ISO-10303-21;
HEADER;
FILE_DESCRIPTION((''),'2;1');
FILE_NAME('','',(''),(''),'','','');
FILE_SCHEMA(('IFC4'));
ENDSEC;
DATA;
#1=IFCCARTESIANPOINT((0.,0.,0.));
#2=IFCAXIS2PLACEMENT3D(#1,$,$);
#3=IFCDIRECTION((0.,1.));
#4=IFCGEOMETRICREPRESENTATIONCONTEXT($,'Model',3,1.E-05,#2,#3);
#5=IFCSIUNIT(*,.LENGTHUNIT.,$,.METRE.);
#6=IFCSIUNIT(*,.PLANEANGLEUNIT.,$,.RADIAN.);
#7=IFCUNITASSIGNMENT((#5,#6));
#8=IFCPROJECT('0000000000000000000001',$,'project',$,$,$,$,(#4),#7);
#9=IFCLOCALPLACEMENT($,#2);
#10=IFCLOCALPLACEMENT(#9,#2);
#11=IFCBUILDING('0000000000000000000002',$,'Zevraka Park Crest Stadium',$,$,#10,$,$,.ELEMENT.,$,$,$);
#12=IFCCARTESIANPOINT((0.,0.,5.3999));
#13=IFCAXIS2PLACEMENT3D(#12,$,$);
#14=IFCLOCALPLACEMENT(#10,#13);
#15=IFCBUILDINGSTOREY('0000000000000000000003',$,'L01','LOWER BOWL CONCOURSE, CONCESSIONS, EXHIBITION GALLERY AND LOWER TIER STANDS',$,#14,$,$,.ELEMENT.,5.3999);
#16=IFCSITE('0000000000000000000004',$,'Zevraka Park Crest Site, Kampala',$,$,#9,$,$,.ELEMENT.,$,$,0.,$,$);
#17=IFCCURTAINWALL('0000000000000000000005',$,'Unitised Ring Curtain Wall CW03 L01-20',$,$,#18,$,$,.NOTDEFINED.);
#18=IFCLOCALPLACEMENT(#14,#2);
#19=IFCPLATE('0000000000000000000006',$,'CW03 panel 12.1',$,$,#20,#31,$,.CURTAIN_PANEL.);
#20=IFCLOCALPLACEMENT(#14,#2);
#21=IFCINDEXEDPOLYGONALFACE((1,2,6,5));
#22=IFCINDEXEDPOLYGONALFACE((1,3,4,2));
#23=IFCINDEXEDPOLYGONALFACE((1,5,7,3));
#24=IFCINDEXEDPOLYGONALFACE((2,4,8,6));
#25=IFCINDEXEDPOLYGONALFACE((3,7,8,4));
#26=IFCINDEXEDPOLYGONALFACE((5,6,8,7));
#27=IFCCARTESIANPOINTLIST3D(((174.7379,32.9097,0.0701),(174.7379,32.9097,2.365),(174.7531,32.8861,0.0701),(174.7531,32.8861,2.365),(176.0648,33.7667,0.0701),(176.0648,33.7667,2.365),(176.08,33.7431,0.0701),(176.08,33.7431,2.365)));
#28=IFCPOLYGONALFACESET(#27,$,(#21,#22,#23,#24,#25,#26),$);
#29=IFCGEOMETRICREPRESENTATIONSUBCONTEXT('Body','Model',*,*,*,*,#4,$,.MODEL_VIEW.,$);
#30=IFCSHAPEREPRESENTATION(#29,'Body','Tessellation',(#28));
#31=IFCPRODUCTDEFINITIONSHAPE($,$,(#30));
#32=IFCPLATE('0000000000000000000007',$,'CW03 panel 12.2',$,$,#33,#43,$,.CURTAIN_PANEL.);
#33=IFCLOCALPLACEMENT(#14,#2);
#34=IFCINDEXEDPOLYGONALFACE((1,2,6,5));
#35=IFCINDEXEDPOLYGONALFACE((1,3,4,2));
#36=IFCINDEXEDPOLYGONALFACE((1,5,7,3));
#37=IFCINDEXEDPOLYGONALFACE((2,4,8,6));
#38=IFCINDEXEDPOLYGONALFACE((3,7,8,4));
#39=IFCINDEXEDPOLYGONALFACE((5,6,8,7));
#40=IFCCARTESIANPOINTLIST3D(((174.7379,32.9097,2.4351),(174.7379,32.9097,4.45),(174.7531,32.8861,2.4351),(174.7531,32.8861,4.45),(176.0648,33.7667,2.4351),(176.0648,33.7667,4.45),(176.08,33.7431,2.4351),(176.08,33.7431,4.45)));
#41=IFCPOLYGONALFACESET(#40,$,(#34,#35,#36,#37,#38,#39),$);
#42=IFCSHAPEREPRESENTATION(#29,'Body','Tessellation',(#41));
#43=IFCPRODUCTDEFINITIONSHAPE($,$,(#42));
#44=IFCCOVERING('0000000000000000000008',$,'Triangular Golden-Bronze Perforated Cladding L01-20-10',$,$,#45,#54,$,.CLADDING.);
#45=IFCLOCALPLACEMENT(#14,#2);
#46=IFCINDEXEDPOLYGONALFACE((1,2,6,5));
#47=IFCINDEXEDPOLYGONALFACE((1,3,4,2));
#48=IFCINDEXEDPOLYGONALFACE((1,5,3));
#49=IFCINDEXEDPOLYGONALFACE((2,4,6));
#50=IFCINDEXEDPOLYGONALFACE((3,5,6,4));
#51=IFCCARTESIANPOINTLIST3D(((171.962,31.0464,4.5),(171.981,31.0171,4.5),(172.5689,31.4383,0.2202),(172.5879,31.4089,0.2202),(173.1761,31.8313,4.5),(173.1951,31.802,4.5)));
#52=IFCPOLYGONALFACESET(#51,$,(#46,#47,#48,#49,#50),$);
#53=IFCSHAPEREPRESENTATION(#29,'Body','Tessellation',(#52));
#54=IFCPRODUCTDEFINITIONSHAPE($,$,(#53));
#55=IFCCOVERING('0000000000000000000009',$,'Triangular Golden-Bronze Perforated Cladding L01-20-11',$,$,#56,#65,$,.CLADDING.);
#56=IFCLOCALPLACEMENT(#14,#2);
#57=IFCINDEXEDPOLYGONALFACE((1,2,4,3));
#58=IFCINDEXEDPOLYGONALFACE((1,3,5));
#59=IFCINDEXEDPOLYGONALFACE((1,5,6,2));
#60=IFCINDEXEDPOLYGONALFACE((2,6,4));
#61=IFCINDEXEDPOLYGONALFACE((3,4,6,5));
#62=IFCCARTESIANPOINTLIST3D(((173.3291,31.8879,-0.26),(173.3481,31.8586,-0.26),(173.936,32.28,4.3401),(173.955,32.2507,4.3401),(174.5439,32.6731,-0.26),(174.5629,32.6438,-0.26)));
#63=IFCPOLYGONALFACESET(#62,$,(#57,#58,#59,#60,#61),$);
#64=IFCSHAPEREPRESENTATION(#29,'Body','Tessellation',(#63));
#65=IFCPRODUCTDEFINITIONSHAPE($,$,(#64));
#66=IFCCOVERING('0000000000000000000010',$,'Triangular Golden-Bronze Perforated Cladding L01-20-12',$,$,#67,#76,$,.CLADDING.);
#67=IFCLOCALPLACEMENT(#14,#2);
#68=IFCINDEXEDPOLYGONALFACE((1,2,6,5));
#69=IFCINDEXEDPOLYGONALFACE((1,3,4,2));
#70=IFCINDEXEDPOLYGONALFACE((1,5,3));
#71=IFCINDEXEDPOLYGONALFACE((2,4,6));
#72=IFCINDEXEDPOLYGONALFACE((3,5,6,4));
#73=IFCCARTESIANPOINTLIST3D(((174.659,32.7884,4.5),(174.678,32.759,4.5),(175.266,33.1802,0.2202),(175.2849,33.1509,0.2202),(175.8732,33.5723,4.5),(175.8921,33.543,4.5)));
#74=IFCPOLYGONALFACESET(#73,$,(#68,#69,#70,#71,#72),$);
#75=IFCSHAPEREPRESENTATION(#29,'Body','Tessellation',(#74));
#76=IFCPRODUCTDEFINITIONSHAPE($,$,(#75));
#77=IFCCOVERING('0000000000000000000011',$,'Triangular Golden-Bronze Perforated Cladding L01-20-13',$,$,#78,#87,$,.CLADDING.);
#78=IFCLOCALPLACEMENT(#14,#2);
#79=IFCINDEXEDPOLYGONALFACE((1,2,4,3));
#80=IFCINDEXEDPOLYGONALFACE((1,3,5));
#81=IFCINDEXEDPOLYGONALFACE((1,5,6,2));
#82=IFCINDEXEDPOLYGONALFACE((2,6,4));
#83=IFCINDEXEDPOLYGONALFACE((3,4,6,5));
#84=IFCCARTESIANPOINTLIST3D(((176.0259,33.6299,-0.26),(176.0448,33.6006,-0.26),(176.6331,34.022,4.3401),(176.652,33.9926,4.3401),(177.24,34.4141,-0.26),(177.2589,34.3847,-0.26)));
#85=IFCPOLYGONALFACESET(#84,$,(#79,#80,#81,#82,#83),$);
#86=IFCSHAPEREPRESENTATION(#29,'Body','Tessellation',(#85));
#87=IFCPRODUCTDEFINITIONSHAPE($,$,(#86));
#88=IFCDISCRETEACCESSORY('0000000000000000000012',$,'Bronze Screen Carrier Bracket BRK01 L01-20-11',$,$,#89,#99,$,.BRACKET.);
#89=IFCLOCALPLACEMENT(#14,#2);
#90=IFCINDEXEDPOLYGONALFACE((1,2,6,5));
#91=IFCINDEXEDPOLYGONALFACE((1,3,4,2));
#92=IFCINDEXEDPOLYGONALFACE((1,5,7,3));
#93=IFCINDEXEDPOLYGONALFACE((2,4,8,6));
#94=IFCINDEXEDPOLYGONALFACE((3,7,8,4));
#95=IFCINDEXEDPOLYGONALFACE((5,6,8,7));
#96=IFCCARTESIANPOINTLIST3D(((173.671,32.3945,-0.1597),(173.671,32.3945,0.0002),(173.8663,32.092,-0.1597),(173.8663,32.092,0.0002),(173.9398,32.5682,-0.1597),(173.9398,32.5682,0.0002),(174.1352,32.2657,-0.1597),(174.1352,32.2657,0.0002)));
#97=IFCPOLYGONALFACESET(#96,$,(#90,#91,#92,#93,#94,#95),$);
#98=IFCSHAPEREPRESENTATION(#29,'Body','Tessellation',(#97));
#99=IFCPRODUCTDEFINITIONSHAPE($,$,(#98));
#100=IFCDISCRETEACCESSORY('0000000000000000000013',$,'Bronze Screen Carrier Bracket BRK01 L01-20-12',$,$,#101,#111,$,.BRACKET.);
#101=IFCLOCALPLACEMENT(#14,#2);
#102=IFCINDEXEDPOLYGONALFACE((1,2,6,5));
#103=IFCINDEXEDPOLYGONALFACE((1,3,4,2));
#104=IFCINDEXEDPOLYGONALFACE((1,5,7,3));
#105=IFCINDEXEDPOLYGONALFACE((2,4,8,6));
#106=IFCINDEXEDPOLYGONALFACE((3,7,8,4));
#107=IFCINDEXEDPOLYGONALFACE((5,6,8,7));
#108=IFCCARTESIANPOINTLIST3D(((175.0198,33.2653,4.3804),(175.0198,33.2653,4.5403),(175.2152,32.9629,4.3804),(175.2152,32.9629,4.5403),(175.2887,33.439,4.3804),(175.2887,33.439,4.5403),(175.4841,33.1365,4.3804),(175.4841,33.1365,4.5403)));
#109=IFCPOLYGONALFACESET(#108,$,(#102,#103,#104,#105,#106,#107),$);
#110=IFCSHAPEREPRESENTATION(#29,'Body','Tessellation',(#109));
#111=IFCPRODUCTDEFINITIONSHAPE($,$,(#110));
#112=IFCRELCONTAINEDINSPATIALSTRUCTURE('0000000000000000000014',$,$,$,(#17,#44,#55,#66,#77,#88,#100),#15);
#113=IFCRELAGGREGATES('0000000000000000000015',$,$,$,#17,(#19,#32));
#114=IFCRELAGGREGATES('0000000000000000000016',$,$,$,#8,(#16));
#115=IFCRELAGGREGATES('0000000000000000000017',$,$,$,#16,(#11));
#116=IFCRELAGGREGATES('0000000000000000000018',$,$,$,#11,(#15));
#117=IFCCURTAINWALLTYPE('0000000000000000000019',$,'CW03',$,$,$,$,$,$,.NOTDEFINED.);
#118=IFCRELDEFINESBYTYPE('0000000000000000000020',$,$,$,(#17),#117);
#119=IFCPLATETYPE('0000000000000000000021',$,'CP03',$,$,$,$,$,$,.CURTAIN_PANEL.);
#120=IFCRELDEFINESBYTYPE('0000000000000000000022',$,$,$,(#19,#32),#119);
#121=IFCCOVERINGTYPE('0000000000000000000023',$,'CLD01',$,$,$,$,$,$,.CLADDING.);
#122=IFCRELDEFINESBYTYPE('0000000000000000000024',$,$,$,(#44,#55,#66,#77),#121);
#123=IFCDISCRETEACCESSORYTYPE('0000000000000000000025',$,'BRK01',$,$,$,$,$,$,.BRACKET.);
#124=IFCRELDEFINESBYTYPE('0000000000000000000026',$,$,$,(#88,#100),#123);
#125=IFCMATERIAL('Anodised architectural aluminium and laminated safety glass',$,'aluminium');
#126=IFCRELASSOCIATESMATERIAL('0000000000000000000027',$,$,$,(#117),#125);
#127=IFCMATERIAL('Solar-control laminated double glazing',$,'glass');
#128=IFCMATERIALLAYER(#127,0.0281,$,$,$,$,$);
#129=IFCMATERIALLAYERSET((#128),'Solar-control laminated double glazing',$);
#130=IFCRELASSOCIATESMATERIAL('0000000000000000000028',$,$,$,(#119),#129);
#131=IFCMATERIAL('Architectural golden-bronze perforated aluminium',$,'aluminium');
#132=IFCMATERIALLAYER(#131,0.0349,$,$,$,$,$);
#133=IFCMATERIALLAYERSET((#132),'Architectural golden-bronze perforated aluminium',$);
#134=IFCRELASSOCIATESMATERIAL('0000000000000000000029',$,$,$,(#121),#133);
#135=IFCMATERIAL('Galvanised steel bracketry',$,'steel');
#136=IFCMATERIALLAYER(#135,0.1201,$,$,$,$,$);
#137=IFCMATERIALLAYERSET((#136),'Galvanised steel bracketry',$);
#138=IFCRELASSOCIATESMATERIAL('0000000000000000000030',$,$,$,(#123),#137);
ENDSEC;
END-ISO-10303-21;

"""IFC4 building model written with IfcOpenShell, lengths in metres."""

from ifc_helpers import new_model, si_unit, direction, frame, origin, origin_2d, place, context, subcontext, project, spatial, polyline, rectangle, outline, extrude, material, layer, layer_set, type_object, element, aggregate, save


model = new_model("IFC4")

# Units and contexts
model_context = context("Model", 3, precision=1e-05, world=origin(), true_north=direction((0.0, 1.0)))
body_context = subcontext(model_context, "Body", "Model", "MODEL_VIEW")
ifc_project = project(units=[si_unit("LENGTHUNIT", "METRE"), si_unit("PLANEANGLEUNIT", "RADIAN")], contexts=[model_context])

# Site, building, storey
site_placement = place(None, origin())
site = spatial("IfcSite", under=ifc_project, at=site_placement, Name="Zevraka Park Crest Site, Kampala", CompositionType="ELEMENT", RefElevation=0.0)
building_placement = place(site_placement, origin())
building = spatial("IfcBuilding", under=site, at=building_placement, Name="Zevraka Park Crest Stadium", CompositionType="ELEMENT")
storey_placement = place(building_placement, frame((0.0, 0.0, 5.3999)))
storey = spatial("IfcBuildingStorey", under=building, at=storey_placement, Name="L01", Description="LOWER BOWL CONCOURSE, CONCESSIONS, EXHIBITION GALLERY AND LOWER TIER STANDS", CompositionType="ELEMENT", Elevation=5.3999)

# Curtain wall, plates
ifc_material_1 = material(Name="Anodised architectural aluminium and laminated safety glass", Category="aluminium")
curtain_wall_type = type_object("IfcCurtainWallType", Name="CW03", PredefinedType="NOTDEFINED", material=ifc_material_1)
curtain_wall_placement = place(storey_placement, origin())
curtain_wall = element("IfcCurtainWall", 1, at=curtain_wall_placement, inside=storey, type_object=curtain_wall_type, Name="Unitised Ring Curtain Wall CW03 L01-20", PredefinedType="NOTDEFINED")
ifc_material_2 = material(Name="Solar-control laminated double glazing", Category="glass")
ifc_layer_1 = layer(ifc_material_2, 0.0281)
ifc_layer_set_1 = layer_set([ifc_layer_1], Name="Solar-control laminated double glazing")
plate_type = type_object("IfcPlateType", Name="CP03", PredefinedType="CURTAIN_PANEL", material=ifc_layer_set_1)
plate_1_placement = place(storey_placement, frame((175.4089, 33.3264, 0.0701), z_axis=(0.0, 0.0, 1.0), x_axis=(0.84001, 0.542571, 0.0)))
plate_1 = element("IfcPlate", 2, at=plate_1_placement, type_object=plate_type, Name="CW03 panel 12.1", PredefinedType="CURTAIN_PANEL", context=body_context, shape_type="SweptSolid", body=[
    extrude(rectangle(XDim=1.5796, YDim=0.0281, at=origin_2d()), origin(), (0.0, 0.0, 1.0), 2.2949),
])
plate_2_placement = place(storey_placement, frame((175.4089, 33.3264, 2.4351), z_axis=(0.0, 0.0, 1.0), x_axis=(0.84001, 0.542571, 0.0)))
plate_2 = element("IfcPlate", 3, at=plate_2_placement, type_object=plate_type, Name="CW03 panel 12.2", PredefinedType="CURTAIN_PANEL", context=body_context, shape_type="SweptSolid", body=[
    extrude(rectangle(XDim=1.5796, YDim=0.0281, at=origin_2d()), origin(), (0.0, 0.0, 1.0), 2.0149),
])
aggregate(curtain_wall, [plate_1, plate_2])

# Coverings
ifc_material_3 = material(Name="Architectural golden-bronze perforated aluminium", Category="aluminium")
ifc_layer_2 = layer(ifc_material_3, 0.0349)
ifc_layer_set_2 = layer_set([ifc_layer_2], Name="Architectural golden-bronze perforated aluminium")
covering_type = type_object("IfcCoveringType", Name="CLD01", PredefinedType="CLADDING", material=ifc_layer_set_2)
covering_1_placement = place(storey_placement, frame((173.1951, 31.802, 4.5), z_axis=(0.542915, -0.839788, 0.000104), x_axis=(-0.839788, -0.542915, 0.0)))
element("IfcCovering", 4, at=covering_1_placement, inside=storey, type_object=covering_type, Name="Triangular Golden-Bronze Perforated Cladding L01-20-10", PredefinedType="CLADDING", context=body_context, shape_type="SweptSolid", body=[
    extrude(outline(polyline([(0.0, 0.0), (1.4457, 0.0), (0.7233, 4.2798), (0.0, 0.0)])), origin(), (0.0, 0.0, -1.0), 0.0349),
])
covering_2_placement = place(storey_placement, frame((173.3291, 31.8879, -0.26), z_axis=(-0.542803, 0.83986, 0.000032), x_axis=(0.83986, 0.542803, 0.0)))
element("IfcCovering", 5, at=covering_2_placement, inside=storey, type_object=covering_type, Name="Triangular Golden-Bronze Perforated Cladding L01-20-11", PredefinedType="CLADDING", context=body_context, shape_type="SweptSolid", body=[
    extrude(outline(polyline([(0.0, 0.0), (1.4465, 0.0), (0.7226, -4.6001), (0.0, 0.0)])), origin(), (0.0, 0.0, -1.0), 0.0349),
])
covering_3_placement = place(storey_placement, frame((175.8921, 33.543, 4.5), z_axis=(0.542439, -0.840096, 0.000008), x_axis=(-0.840096, -0.542439, 0.0)))
element("IfcCovering", 6, at=covering_3_placement, inside=storey, type_object=covering_type, Name="Triangular Golden-Bronze Perforated Cladding L01-20-12", PredefinedType="CLADDING", context=body_context, shape_type="SweptSolid", body=[
    extrude(outline(polyline([(0.0, 0.0), (1.4452, 0.0), (0.7228, 4.2798), (0.0, 0.0)])), origin(), (0.0, 0.0, -1.0), 0.0349),
])
covering_4_placement = place(storey_placement, frame((176.0259, 33.6299, -0.26), z_axis=(-0.542558, 0.840019, 0.000014), x_axis=(0.840019, 0.542558, 0.0)))
element("IfcCovering", 7, at=covering_4_placement, inside=storey, type_object=covering_type, Name="Triangular Golden-Bronze Perforated Cladding L01-20-13", PredefinedType="CLADDING", context=body_context, shape_type="SweptSolid", body=[
    extrude(outline(polyline([(0.0, 0.0), (1.4453, 0.0), (0.7228, -4.6001), (0.0, 0.0)])), origin(), (0.0, 0.0, -1.0), 0.0349),
])

# Discrete accessories
ifc_material_4 = material(Name="Galvanised steel bracketry", Category="steel")
ifc_layer_3 = layer(ifc_material_4, 0.1201)
ifc_layer_set_3 = layer_set([ifc_layer_3], Name="Galvanised steel bracketry")
discrete_accessory_type = type_object("IfcDiscreteAccessoryType", Name="BRK01", PredefinedType="BRACKET", material=ifc_layer_set_3)
for number, where, z_axis, x_axis, name in (
    (8, (173.9031, 32.3301, -0.1597), (0.0, 0.0, 1.0), (0.839999, 0.542588, 0.0), "Bronze Screen Carrier Bracket BRK01 L01-20-11"),
    (9, (175.252, 33.2009, 4.3804), (0.0, 0.0, 1.0), (0.839999, 0.542588, 0.0), "Bronze Screen Carrier Bracket BRK01 L01-20-12"),
):
    element("IfcDiscreteAccessory", number, at=place(storey_placement, frame(where, z_axis=z_axis, x_axis=x_axis)), inside=storey, type_object=discrete_accessory_type, Name=name, PredefinedType="BRACKET", context=body_context, shape_type="SweptSolid", body=[
        extrude(rectangle(XDim=0.3201, YDim=0.3601, at=origin_2d()), origin(), (0.0, 0.0, 1.0), 0.1599),
    ])

save(model, "model.ifc")
